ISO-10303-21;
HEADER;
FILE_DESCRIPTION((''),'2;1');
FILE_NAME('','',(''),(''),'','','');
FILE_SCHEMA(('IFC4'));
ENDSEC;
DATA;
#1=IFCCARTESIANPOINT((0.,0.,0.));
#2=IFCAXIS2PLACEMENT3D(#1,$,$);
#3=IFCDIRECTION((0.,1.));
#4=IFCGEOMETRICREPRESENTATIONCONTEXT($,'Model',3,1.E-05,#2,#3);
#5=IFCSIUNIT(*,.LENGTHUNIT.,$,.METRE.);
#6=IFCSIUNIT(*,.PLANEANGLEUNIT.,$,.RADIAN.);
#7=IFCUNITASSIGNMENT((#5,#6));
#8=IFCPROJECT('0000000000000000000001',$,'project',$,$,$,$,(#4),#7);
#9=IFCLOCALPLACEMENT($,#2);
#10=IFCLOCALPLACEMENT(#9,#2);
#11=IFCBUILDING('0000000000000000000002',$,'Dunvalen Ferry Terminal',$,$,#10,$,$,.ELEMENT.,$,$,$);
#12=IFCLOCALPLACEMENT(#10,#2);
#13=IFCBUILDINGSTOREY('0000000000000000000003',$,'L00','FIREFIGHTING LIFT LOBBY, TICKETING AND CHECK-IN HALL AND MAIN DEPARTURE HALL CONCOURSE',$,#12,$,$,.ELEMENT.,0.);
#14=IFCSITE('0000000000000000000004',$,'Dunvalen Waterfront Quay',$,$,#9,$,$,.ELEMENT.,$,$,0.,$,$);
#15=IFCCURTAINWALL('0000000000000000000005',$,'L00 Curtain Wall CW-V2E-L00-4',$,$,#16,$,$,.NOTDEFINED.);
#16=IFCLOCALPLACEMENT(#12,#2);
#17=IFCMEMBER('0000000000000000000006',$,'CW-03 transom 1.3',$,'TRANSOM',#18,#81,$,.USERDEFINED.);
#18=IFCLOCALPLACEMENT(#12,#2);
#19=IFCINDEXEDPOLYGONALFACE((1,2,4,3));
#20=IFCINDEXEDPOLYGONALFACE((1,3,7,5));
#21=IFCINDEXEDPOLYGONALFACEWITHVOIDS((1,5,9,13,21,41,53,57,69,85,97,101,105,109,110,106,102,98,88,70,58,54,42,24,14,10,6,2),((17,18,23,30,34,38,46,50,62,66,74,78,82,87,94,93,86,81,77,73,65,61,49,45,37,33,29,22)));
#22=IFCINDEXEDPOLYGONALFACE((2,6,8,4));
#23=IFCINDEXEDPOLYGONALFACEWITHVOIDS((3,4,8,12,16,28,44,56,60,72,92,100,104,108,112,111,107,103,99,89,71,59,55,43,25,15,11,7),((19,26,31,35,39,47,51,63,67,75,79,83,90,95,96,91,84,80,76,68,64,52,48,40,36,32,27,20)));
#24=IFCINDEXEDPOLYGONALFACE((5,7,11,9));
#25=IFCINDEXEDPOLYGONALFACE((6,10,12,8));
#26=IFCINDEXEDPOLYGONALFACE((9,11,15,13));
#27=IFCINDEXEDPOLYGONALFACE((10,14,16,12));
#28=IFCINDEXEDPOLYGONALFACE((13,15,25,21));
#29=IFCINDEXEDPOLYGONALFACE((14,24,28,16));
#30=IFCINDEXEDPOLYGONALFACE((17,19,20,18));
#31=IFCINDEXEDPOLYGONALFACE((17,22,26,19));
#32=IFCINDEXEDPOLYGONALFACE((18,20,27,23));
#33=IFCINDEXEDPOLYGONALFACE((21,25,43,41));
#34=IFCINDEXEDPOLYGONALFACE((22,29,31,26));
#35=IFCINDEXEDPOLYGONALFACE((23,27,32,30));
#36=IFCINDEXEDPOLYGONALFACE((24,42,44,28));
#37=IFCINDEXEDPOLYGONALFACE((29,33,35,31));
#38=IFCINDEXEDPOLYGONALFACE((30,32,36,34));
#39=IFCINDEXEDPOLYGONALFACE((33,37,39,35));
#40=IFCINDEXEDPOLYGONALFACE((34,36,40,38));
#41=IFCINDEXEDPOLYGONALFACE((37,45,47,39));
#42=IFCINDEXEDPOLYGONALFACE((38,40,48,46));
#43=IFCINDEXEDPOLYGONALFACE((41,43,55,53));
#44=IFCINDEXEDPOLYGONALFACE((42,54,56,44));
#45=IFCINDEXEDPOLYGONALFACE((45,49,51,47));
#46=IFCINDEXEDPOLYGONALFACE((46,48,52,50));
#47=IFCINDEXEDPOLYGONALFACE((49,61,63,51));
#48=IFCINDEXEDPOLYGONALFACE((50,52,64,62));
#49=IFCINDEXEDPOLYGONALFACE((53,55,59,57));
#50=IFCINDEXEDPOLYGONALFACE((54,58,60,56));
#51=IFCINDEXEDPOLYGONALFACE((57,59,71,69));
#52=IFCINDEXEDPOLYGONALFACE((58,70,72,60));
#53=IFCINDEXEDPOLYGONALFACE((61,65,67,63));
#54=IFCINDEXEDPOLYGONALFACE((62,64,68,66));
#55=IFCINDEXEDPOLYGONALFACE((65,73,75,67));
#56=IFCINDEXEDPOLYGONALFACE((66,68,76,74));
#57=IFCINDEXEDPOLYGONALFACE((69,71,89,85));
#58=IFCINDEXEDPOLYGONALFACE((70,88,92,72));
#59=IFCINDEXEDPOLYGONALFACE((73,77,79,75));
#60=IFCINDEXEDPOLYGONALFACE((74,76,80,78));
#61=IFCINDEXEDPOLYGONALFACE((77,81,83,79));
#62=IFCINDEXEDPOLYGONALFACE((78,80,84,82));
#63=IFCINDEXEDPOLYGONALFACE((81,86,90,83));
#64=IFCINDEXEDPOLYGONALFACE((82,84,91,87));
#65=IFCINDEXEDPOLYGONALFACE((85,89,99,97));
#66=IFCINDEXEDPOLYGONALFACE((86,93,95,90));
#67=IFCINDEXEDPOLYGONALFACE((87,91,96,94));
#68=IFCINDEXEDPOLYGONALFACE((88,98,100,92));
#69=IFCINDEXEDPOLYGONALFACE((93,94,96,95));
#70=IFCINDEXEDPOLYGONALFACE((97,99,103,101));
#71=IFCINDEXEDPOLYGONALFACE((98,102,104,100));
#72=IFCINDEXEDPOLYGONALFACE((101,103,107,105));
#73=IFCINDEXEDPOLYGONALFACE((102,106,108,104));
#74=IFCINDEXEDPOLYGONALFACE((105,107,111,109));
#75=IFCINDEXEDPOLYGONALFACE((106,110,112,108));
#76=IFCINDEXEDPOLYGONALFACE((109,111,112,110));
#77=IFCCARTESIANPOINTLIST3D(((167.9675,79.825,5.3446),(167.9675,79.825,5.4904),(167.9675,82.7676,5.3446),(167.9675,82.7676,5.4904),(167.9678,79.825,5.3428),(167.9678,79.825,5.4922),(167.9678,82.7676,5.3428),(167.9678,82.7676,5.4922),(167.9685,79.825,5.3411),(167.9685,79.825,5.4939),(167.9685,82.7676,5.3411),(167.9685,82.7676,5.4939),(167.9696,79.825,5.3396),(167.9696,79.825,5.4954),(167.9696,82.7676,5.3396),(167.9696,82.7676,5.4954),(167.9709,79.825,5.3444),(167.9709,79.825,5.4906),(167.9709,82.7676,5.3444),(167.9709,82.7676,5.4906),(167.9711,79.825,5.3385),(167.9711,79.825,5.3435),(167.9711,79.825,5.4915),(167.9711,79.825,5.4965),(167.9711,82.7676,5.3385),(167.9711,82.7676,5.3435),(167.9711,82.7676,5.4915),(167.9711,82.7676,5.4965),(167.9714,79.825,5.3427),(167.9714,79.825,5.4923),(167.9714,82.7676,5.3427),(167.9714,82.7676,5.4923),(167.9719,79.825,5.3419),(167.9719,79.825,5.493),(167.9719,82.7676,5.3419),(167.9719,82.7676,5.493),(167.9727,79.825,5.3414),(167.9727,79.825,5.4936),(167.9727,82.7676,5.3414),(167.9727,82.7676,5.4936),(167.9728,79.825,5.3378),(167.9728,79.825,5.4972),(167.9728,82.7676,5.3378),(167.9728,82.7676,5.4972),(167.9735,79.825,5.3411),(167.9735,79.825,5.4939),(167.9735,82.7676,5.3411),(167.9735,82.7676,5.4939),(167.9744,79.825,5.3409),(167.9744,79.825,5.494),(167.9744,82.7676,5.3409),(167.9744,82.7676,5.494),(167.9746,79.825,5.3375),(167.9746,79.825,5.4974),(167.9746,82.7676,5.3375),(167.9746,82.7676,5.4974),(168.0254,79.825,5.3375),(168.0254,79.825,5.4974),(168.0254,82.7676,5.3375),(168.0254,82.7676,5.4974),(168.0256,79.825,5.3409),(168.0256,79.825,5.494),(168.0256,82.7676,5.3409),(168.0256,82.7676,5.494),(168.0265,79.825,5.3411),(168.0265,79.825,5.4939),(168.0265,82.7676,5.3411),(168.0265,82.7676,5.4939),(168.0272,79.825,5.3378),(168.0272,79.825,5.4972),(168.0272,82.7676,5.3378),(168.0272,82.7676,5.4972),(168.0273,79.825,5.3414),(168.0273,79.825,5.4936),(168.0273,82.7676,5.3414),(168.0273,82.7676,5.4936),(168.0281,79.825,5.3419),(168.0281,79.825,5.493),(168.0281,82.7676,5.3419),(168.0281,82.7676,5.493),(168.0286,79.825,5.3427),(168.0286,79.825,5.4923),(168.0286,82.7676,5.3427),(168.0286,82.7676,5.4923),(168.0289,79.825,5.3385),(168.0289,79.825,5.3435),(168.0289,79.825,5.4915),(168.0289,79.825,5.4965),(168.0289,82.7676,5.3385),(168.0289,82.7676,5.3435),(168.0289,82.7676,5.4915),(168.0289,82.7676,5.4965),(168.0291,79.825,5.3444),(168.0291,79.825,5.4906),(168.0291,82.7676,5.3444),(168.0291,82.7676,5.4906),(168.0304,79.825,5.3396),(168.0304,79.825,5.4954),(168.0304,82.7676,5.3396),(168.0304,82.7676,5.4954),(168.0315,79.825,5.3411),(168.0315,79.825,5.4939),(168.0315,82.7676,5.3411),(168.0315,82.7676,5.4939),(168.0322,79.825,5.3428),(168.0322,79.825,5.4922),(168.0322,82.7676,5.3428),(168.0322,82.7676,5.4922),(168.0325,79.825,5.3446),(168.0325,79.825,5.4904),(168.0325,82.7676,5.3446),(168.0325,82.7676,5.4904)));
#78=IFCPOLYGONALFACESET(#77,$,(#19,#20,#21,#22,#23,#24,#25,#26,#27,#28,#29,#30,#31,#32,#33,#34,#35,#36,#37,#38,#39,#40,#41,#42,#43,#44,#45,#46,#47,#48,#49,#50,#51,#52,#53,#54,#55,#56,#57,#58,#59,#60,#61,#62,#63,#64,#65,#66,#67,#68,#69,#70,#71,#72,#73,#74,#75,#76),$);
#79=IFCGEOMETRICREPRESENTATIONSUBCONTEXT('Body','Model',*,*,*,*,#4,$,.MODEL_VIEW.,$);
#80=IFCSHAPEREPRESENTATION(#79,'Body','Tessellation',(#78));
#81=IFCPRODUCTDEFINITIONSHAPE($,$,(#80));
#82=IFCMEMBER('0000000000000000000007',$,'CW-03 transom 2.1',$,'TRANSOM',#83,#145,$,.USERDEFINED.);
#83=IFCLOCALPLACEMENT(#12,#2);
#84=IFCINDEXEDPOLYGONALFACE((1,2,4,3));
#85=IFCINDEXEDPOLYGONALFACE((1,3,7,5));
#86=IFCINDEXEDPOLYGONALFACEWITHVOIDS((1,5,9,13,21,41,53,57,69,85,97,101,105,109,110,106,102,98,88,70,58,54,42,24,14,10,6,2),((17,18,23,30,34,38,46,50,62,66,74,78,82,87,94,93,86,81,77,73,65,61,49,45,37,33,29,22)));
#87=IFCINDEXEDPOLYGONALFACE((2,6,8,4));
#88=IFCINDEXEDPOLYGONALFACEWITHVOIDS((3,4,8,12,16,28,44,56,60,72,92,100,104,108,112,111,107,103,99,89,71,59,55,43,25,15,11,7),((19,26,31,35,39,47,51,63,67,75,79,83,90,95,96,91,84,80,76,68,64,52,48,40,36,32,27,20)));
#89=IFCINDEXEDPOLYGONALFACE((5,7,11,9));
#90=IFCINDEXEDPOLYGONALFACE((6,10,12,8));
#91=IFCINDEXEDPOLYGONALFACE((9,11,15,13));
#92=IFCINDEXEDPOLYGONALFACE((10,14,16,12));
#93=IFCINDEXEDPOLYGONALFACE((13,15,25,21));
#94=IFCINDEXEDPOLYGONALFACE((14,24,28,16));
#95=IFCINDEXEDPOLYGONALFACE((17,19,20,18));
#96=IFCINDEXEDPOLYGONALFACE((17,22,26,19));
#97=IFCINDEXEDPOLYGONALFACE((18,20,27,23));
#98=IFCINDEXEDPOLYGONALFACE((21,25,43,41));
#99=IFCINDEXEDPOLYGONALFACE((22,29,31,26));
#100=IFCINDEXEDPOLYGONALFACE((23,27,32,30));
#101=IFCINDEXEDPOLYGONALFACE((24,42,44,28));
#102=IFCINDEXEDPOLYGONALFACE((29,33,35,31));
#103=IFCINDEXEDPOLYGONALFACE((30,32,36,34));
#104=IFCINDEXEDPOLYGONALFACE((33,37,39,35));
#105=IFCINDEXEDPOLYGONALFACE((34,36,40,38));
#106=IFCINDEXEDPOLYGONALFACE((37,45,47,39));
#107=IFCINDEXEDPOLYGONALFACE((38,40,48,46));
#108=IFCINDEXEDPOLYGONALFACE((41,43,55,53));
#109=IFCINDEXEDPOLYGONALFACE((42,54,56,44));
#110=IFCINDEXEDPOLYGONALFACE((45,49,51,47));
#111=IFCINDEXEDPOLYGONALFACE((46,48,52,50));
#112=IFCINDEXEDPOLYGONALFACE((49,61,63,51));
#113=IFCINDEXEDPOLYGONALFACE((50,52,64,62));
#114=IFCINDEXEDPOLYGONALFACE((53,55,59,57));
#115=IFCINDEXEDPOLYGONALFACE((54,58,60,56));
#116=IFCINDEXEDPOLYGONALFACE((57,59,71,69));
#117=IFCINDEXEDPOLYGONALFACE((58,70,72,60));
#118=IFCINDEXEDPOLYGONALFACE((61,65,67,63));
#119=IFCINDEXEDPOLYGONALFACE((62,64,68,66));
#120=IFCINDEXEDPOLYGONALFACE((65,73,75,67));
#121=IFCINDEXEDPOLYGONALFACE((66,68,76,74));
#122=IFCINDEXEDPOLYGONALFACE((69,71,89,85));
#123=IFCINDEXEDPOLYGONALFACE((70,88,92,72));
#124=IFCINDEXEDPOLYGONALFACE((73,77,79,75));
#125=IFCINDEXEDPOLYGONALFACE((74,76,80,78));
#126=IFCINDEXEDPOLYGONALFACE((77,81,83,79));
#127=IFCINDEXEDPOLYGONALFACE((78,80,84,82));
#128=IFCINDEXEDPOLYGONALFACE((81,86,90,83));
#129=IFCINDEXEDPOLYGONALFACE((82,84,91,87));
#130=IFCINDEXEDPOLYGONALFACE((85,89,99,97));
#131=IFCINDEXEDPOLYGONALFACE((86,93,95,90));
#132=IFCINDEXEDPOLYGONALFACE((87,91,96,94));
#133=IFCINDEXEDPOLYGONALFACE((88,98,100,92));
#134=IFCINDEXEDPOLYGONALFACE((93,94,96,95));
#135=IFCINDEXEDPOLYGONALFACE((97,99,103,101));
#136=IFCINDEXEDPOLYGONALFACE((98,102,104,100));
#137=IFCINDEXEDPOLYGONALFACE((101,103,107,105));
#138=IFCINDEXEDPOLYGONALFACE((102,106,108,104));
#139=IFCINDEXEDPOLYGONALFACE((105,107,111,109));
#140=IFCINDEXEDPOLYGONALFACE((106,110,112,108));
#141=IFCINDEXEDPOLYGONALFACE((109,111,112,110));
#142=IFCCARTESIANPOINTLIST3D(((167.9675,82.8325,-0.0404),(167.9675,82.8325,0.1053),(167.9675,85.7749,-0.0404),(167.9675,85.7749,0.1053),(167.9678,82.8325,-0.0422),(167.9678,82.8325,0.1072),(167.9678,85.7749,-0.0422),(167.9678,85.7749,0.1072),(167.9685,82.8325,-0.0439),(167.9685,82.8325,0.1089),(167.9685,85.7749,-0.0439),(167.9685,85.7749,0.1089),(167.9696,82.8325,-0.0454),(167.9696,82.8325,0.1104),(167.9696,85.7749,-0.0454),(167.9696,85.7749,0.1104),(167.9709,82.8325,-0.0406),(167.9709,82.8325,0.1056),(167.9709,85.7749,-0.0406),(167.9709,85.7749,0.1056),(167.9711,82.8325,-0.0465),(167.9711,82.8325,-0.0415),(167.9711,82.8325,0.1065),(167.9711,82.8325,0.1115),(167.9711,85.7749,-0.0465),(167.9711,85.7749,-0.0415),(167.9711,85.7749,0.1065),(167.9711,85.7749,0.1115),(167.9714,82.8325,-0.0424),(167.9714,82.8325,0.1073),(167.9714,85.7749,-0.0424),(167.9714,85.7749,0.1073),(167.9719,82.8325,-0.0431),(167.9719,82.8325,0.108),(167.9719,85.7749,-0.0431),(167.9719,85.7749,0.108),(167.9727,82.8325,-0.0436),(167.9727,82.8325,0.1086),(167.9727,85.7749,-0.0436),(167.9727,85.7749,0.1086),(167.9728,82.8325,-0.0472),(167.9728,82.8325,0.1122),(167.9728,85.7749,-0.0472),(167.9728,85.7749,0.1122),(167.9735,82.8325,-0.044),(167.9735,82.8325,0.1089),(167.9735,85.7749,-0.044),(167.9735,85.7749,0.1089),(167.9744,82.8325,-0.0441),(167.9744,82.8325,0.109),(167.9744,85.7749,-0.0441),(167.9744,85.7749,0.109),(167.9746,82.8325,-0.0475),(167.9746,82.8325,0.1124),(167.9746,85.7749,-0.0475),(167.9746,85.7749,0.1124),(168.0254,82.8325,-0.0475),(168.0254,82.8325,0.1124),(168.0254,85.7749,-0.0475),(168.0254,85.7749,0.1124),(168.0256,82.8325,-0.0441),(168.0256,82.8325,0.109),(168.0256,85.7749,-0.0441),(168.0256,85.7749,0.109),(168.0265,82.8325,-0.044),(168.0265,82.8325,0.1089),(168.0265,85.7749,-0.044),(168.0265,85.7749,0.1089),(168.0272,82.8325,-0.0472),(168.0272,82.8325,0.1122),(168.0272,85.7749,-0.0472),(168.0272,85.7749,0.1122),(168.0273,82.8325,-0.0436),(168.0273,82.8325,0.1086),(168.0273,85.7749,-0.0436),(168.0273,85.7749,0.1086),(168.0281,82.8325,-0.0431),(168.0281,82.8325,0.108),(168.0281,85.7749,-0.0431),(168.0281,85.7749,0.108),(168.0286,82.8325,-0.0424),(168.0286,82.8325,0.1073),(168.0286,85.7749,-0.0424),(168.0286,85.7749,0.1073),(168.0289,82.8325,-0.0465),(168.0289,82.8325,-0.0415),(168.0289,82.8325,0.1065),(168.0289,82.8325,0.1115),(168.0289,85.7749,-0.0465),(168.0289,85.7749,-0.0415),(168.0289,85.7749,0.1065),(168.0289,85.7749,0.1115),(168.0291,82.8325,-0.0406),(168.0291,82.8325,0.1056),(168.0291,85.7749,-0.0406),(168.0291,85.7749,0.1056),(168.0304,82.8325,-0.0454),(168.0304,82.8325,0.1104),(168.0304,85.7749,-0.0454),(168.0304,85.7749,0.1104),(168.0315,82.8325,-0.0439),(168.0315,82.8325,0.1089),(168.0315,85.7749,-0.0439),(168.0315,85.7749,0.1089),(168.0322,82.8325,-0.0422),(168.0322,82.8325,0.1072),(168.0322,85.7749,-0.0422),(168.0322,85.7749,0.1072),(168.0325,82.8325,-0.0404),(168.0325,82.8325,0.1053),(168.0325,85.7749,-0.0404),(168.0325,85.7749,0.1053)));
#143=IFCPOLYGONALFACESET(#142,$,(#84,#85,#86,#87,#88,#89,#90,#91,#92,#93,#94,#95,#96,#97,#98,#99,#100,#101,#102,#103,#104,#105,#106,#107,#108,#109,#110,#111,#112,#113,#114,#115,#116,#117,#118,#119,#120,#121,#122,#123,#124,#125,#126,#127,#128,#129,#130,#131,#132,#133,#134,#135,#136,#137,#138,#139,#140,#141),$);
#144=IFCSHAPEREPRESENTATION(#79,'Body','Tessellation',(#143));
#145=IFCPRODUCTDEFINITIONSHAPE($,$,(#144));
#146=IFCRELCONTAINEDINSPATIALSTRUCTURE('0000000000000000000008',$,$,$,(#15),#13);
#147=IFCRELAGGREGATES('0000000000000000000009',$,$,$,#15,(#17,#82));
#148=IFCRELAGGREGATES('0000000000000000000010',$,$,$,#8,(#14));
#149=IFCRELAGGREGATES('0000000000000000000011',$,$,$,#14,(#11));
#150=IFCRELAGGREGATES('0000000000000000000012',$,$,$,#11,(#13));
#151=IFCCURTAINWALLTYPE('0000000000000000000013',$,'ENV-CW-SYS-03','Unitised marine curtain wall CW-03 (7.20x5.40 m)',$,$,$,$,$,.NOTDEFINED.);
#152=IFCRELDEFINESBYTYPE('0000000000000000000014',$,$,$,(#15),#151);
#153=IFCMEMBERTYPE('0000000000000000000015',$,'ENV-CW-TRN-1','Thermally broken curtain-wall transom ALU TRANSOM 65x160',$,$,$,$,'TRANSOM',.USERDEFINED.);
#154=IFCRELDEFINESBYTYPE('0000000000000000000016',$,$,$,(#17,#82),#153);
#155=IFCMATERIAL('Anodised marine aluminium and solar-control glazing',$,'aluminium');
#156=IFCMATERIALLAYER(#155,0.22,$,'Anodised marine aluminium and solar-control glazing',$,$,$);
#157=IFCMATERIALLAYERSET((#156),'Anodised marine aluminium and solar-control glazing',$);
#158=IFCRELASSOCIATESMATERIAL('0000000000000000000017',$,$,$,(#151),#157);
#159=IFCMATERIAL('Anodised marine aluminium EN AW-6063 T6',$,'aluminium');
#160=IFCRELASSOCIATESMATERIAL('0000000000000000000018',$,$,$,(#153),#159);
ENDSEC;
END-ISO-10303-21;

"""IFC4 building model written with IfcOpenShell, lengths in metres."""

from ifc_helpers import new_model, si_unit, direction, frame, origin, origin_2d, place, context, subcontext, project, spatial, hollow_rectangle, extrude, material, layer, layer_set, material_profile, profile_set, type_object, element, aggregate, save


model = new_model("IFC4")

# Units and contexts
model_context = context("Model", 3, precision=1e-05, world=origin(), true_north=direction((0.0, 1.0)))
body_context = subcontext(model_context, "Body", "Model", "MODEL_VIEW")
ifc_project = project(units=[si_unit("LENGTHUNIT", "METRE"), si_unit("PLANEANGLEUNIT", "RADIAN")], contexts=[model_context])

# Site, building, storey
site_placement = place(None, origin())
site = spatial("IfcSite", under=ifc_project, at=site_placement, Name="Dunvalen Waterfront Quay", CompositionType="ELEMENT", RefElevation=0.0)
building_placement = place(site_placement, origin())
building = spatial("IfcBuilding", under=site, at=building_placement, Name="Dunvalen Ferry Terminal", CompositionType="ELEMENT")
storey_placement = place(building_placement, origin())
storey = spatial("IfcBuildingStorey", under=building, at=storey_placement, Name="L00", Description="FIREFIGHTING LIFT LOBBY, TICKETING AND CHECK-IN HALL AND MAIN DEPARTURE HALL CONCOURSE", CompositionType="ELEMENT", Elevation=0.0)

# Curtain wall
ifc_material_1 = material(Name="Anodised marine aluminium and solar-control glazing", Category="aluminium")
ifc_layer_1 = layer(ifc_material_1, 0.22, Name="Anodised marine aluminium and solar-control glazing")
ifc_layer_set_1 = layer_set([ifc_layer_1], Name="Anodised marine aluminium and solar-control glazing")
curtain_wall_type = type_object("IfcCurtainWallType", Name="ENV-CW-SYS-03", Description="Unitised marine curtain wall CW-03 (7.20x5.40 m)", PredefinedType="NOTDEFINED", material=ifc_layer_set_1)
ifc_material_2 = material(Name="Anodised marine aluminium EN AW-6063 T6", Category="aluminium")
curtain_wall_1_placement = place(storey_placement, origin())
curtain_wall_1 = element("IfcCurtainWall", 1, at=curtain_wall_1_placement, inside=storey, type_object=curtain_wall_type, Name="L00 Curtain Wall CW-V2E-L00-4", PredefinedType="NOTDEFINED")

# Members
ifc_material_profile_1 = material_profile(ifc_material_2, hollow_rectangle(XDim=0.0649, YDim=0.1599, WallThickness=0.0034, InnerFilletRadius=0.0034, OuterFilletRadius=0.0071, at=origin_2d()), Name="Anodised marine aluminium EN AW-6063 T6")
ifc_profile_set_1 = profile_set([ifc_material_profile_1], Name="Anodised marine aluminium EN AW-6063 T6")
member_type_1 = type_object("IfcMemberType", Name="ENV-CW-TRN-1", Description="Thermally broken curtain-wall transom ALU TRANSOM 65x160", ElementType="TRANSOM", PredefinedType="USERDEFINED", material=ifc_profile_set_1)
member_1_placement = place(storey_placement, frame((168.0, 79.825, 5.4175), z_axis=(0.0, 1.0, 0.0), x_axis=(-1.0, 0.0, 0.0)))
member_1 = element("IfcMember", 2, at=member_1_placement, type_object=member_type_1, Name="CW-03 transom 1.3", ObjectType="TRANSOM", PredefinedType="USERDEFINED", context=body_context, shape_type="SweptSolid", body=[
    extrude(hollow_rectangle(XDim=0.0649, YDim=0.1599, WallThickness=0.0034, InnerFilletRadius=0.0034, OuterFilletRadius=0.0071, at=origin_2d()), origin(), (0.0, 0.0, 1.0), 2.9426),
])
member_2_placement = place(storey_placement, frame((168.0, 82.8325, 0.0325), z_axis=(0.0, 1.0, 0.0), x_axis=(-1.0, 0.0, 0.0)))
member_2 = element("IfcMember", 3, at=member_2_placement, type_object=member_type_1, Name="CW-03 transom 2.1", ObjectType="TRANSOM", PredefinedType="USERDEFINED", context=body_context, shape_type="SweptSolid", body=[
    extrude(hollow_rectangle(XDim=0.0649, YDim=0.1599, WallThickness=0.0034, InnerFilletRadius=0.0034, OuterFilletRadius=0.0071, at=origin_2d()), origin(), (0.0, 0.0, 1.0), 2.9424),
])

aggregate(curtain_wall_1, [member_1, member_2])

save(model, "model.ifc")
